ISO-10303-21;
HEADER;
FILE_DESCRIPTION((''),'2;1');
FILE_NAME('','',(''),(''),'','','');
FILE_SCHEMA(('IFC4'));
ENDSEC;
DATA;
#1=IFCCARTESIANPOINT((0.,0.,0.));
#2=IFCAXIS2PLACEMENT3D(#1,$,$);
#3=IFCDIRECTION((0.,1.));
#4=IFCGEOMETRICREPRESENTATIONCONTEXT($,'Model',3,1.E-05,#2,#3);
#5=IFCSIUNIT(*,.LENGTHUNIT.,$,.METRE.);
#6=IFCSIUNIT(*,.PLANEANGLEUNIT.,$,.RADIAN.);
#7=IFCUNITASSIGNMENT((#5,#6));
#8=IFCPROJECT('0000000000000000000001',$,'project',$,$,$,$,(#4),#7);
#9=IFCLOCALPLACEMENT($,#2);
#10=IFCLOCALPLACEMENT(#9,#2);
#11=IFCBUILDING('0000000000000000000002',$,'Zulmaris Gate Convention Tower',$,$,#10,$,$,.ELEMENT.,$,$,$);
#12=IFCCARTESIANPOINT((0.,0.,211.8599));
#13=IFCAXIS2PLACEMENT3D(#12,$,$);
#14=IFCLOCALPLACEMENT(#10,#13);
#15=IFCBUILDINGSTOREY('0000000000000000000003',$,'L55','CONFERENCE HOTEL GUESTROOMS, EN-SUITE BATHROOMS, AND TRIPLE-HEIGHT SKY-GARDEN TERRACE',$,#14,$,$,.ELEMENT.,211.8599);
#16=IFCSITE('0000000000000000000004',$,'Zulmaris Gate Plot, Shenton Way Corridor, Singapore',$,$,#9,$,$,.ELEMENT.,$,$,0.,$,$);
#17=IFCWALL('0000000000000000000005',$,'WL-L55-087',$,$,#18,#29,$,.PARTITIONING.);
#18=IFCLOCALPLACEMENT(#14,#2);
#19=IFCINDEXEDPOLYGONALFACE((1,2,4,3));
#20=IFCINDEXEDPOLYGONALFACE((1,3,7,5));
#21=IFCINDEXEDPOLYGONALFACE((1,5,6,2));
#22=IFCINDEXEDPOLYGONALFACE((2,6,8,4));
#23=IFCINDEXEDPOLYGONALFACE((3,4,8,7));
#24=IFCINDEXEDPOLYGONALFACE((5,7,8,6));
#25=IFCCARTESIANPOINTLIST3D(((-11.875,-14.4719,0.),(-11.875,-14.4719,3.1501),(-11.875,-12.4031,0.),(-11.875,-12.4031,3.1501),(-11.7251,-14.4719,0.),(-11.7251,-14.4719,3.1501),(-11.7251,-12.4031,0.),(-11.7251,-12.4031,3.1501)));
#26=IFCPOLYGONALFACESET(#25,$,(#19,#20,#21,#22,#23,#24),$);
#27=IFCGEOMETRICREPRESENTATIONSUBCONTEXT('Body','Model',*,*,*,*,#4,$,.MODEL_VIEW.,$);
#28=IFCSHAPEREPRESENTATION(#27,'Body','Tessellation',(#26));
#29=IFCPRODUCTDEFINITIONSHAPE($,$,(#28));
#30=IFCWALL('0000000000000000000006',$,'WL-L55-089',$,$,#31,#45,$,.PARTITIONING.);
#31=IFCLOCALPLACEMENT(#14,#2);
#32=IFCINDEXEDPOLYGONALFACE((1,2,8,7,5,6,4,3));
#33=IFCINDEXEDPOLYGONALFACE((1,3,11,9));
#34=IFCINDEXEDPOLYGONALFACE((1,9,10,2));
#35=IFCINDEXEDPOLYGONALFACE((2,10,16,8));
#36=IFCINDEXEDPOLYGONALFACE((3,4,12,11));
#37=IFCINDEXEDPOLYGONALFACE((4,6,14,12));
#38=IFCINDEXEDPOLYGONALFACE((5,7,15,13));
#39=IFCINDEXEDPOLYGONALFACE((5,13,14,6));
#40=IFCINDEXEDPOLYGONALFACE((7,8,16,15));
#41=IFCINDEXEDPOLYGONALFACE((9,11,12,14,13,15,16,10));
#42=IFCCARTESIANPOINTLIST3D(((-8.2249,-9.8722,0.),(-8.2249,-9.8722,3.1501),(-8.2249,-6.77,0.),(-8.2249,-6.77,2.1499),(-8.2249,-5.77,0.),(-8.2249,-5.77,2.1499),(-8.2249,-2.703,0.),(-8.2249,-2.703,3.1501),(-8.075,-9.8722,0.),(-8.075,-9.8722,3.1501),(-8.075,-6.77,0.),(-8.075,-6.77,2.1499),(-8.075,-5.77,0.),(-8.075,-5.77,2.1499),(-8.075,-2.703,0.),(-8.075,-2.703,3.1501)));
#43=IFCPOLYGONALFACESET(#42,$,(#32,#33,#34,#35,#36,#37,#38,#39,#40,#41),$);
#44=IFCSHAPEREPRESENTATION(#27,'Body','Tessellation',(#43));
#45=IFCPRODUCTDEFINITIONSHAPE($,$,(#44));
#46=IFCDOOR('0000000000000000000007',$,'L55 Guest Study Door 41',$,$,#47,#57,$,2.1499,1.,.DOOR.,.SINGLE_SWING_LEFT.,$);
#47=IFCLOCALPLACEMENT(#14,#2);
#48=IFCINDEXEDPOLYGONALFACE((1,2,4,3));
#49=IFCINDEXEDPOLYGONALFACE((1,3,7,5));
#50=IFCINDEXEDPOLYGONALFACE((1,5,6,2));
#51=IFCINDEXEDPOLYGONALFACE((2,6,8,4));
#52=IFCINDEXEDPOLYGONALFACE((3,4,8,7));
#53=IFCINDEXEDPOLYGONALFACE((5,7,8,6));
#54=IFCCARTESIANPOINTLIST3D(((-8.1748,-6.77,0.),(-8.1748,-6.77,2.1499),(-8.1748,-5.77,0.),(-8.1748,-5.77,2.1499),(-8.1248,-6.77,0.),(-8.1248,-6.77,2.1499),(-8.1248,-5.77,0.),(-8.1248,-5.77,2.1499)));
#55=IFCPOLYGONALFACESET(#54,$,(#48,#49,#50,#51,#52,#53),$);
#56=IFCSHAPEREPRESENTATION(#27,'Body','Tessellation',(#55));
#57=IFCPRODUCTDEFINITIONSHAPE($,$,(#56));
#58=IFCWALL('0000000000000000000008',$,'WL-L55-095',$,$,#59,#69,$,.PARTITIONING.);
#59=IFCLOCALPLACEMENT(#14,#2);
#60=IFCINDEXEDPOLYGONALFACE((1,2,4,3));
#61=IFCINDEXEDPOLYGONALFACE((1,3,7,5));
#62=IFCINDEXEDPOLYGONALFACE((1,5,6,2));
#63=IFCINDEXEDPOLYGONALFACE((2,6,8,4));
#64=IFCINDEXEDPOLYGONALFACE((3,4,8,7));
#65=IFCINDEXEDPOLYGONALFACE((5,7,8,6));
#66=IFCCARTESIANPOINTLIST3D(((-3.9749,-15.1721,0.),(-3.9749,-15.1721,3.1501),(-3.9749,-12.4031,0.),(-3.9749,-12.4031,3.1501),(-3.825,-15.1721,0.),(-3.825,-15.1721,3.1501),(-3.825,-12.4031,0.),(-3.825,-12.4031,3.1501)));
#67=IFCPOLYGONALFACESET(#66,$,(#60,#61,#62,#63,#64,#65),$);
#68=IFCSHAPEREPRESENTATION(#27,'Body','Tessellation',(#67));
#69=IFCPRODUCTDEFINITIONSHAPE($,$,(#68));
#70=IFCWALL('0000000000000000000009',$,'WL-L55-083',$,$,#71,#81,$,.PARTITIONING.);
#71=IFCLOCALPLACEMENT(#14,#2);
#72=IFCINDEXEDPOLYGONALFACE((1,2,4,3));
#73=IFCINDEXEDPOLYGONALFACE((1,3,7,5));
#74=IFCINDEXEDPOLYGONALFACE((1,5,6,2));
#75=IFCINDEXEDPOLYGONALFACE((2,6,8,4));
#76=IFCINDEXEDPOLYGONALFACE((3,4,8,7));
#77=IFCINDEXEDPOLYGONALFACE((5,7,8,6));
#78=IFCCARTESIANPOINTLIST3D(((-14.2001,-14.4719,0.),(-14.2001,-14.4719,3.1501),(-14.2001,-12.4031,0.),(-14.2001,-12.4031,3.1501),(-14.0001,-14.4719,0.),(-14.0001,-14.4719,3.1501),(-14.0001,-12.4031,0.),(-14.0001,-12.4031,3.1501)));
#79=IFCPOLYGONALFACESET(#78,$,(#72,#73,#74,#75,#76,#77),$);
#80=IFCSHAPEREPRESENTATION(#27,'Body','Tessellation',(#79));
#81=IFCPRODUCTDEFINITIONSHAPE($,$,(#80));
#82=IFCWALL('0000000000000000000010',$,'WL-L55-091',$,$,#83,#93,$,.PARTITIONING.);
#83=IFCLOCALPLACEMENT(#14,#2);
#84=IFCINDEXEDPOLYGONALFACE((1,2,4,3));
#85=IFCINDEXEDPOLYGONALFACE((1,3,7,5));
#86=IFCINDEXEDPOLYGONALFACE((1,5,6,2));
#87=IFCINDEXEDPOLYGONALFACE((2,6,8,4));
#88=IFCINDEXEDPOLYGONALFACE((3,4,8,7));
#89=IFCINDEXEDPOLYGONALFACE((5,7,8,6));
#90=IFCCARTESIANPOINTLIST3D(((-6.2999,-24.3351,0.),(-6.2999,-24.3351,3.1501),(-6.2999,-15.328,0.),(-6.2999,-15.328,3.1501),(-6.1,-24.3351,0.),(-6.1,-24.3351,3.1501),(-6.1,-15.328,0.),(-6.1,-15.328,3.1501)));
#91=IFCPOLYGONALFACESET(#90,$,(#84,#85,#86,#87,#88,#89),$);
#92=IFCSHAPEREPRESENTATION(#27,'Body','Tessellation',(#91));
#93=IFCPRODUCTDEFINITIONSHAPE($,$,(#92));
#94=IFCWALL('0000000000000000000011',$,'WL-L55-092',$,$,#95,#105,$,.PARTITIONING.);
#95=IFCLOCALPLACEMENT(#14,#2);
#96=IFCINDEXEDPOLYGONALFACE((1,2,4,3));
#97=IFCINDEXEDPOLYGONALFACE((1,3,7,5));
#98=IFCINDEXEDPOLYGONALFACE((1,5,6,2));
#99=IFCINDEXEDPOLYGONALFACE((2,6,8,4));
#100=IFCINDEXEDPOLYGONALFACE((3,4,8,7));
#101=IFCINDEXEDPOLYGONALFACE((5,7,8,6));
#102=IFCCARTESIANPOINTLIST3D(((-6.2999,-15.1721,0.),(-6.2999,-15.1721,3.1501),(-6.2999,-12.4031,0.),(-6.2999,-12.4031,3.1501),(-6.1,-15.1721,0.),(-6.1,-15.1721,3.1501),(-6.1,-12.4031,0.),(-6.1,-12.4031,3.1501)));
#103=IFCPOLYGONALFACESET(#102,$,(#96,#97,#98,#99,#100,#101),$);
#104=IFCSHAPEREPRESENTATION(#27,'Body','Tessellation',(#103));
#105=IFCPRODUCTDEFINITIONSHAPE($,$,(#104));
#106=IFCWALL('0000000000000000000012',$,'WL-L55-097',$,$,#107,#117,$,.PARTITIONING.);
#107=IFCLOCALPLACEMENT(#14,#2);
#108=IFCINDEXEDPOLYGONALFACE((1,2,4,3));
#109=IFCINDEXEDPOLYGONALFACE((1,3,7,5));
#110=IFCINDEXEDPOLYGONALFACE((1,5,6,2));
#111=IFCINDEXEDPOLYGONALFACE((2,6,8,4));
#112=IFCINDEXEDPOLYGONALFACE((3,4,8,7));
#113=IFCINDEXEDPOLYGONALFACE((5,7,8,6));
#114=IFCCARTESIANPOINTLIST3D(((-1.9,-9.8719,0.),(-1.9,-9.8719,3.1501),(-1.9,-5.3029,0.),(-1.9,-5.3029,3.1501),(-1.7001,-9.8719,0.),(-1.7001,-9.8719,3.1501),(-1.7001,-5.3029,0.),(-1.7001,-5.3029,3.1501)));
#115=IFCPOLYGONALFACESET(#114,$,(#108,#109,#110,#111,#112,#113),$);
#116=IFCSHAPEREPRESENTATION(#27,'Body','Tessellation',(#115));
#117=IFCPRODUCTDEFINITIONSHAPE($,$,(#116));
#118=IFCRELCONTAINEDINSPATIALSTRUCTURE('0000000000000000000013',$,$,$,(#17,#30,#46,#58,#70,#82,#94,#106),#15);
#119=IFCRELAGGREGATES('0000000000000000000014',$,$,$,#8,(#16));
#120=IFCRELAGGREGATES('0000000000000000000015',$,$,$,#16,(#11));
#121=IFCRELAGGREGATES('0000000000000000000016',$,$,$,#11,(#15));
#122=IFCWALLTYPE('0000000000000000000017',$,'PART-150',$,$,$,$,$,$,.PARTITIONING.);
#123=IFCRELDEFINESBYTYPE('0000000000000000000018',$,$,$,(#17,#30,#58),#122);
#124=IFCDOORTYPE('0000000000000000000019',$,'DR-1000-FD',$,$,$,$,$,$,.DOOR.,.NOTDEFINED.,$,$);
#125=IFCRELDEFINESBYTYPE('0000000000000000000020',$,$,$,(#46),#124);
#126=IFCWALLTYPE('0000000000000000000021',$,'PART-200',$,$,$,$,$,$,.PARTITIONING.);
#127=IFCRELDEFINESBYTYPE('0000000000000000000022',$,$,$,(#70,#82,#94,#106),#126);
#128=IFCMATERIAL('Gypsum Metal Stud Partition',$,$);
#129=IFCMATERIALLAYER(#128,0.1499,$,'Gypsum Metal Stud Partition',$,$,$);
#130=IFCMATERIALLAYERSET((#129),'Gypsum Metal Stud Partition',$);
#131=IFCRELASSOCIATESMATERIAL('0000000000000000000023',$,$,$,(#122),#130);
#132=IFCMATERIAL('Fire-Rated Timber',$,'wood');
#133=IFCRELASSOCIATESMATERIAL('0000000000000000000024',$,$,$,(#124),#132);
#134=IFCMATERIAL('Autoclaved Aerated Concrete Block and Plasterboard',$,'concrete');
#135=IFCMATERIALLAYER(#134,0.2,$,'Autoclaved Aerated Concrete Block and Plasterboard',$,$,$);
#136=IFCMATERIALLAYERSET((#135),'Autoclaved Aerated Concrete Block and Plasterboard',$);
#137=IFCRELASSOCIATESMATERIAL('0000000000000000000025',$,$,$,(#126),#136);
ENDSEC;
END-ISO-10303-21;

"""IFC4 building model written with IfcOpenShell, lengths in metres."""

from ifc_helpers import new_model, si_unit, direction, frame, frame_2d, origin, place, context, subcontext, project, spatial, rectangle, extrude, material, layer, layer_set, type_object, element, fill, save


model = new_model("IFC4")

# Units and contexts
model_context = context("Model", 3, precision=1e-05, world=origin(), true_north=direction((0.0, 1.0)))
body_context = subcontext(model_context, "Body", "Model", "MODEL_VIEW")
ifc_project = project(units=[si_unit("LENGTHUNIT", "METRE"), si_unit("PLANEANGLEUNIT", "RADIAN")], contexts=[model_context])

# Site, building, storey
site_placement = place(None, origin())
site = spatial("IfcSite", under=ifc_project, at=site_placement, Name="Zulmaris Gate Plot, Shenton Way Corridor, Singapore", CompositionType="ELEMENT", RefElevation=0.0)
building_placement = place(site_placement, origin())
building = spatial("IfcBuilding", under=site, at=building_placement, Name="Zulmaris Gate Convention Tower", CompositionType="ELEMENT")
storey_placement = place(building_placement, frame((0.0, 0.0, 211.8599)))
storey = spatial("IfcBuildingStorey", under=building, at=storey_placement, Name="L55", Description="CONFERENCE HOTEL GUESTROOMS, EN-SUITE BATHROOMS, AND TRIPLE-HEIGHT SKY-GARDEN TERRACE", CompositionType="ELEMENT", Elevation=211.8599)

# Shared definitions
ifc_material_1 = material(Name="Gypsum Metal Stud Partition")
ifc_layer_1 = layer(ifc_material_1, 0.1499, Name="Gypsum Metal Stud Partition")
ifc_layer_set_1 = layer_set([ifc_layer_1], Name="Gypsum Metal Stud Partition")
wall_type_1 = type_object("IfcWallType", Name="PART-150", PredefinedType="PARTITIONING", material=ifc_layer_set_1)

# Shared definitions
ifc_material_2 = material(Name="Fire-Rated Timber", Category="wood")

# Wall
wall_1_placement = place(storey_placement, frame((-11.8, -14.4719, 0.0), z_axis=(0.0, 0.0, 1.0), x_axis=(0.0, 1.0, 0.0)))
element("IfcWall", 1, at=wall_1_placement, inside=storey, type_object=wall_type_1, Name="WL-L55-087", PredefinedType="PARTITIONING", context=body_context, shape_type="SweptSolid", body=[
    extrude(rectangle(XDim=2.0688, YDim=0.1499, at=frame_2d((1.0344, 0.0))), origin(), (0.0, 0.0, 1.0), 3.1501),
])

# Wall, opening, door
wall_2_placement = place(storey_placement, frame((-8.1499, -9.8721, 0.0), z_axis=(0.0, 0.0, 1.0), x_axis=(0.0, 1.0, 0.0)))
wall_2 = element("IfcWall", 2, at=wall_2_placement, inside=storey, type_object=wall_type_1, Name="WL-L55-089", PredefinedType="PARTITIONING", context=body_context, shape_type="SweptSolid", body=[
    extrude(rectangle(XDim=7.1692, YDim=0.1499, at=frame_2d((3.5845, 0.0))), origin(), (0.0, 0.0, 1.0), 3.1501),
])
opening_1_placement = place(wall_2_placement, frame((3.1021, 0.0, 0.0)))
opening_1 = element("IfcOpeningElement", 3, at=opening_1_placement, cuts=wall_2, PredefinedType="OPENING", context=body_context, shape_type="SweptSolid", body=[
    extrude(rectangle(XDim=1.0, YDim=2.1499, at=frame_2d((0.5, 1.075))), frame((0.0, 0.085, 0.0), z_axis=(0.0, -1.0, 0.0), x_axis=(1.0, 0.0, 0.0)), (0.0, 0.0, 1.0), 0.1699),
])
door_type_1 = type_object("IfcDoorType", Name="DR-1000-FD", OperationType="NOTDEFINED", PredefinedType="DOOR", material=ifc_material_2)
door_1_placement = place(opening_1_placement, origin())
door_1 = element("IfcDoor", 4, at=door_1_placement, inside=storey, type_object=door_type_1, Name="L55 Guest Study Door 41", OperationType="SINGLE_SWING_LEFT", OverallHeight=2.1499, OverallWidth=1.0, PredefinedType="DOOR", context=body_context, shape_type="SweptSolid", body=[
    extrude(rectangle(XDim=1.0, YDim=2.1499, at=frame_2d((0.5, 1.075))), frame((0.0, 0.0249, 0.0), z_axis=(0.0, -1.0, 0.0), x_axis=(1.0, 0.0, 0.0)), (0.0, 0.0, 1.0), 0.05),
])
fill(opening_1, door_1)

# Walls
wall_3_placement = place(storey_placement, frame((-3.8999, -15.1721, 0.0), z_axis=(0.0, 0.0, 1.0), x_axis=(0.0, 1.0, 0.0)))
element("IfcWall", 5, at=wall_3_placement, inside=storey, type_object=wall_type_1, Name="WL-L55-095", PredefinedType="PARTITIONING", context=body_context, shape_type="SweptSolid", body=[
    extrude(rectangle(XDim=2.769, YDim=0.1499, at=frame_2d((1.3845, 0.0))), origin(), (0.0, 0.0, 1.0), 3.1501),
])
ifc_material_3 = material(Name="Autoclaved Aerated Concrete Block and Plasterboard", Category="concrete")
ifc_layer_2 = layer(ifc_material_3, 0.2, Name="Autoclaved Aerated Concrete Block and Plasterboard")
ifc_layer_set_2 = layer_set([ifc_layer_2], Name="Autoclaved Aerated Concrete Block and Plasterboard")
wall_type_2 = type_object("IfcWallType", Name="PART-200", PredefinedType="PARTITIONING", material=ifc_layer_set_2)
wall_4_placement = place(storey_placement, frame((-14.1001, -14.4719, 0.0), z_axis=(0.0, 0.0, 1.0), x_axis=(0.0, 1.0, 0.0)))
element("IfcWall", 6, at=wall_4_placement, inside=storey, type_object=wall_type_2, Name="WL-L55-083", PredefinedType="PARTITIONING", context=body_context, shape_type="SweptSolid", body=[
    extrude(rectangle(XDim=2.0688, YDim=0.2, at=frame_2d((1.0344, 0.0))), origin(), (0.0, 0.0, 1.0), 3.1501),
])
wall_5_placement = place(storey_placement, frame((-6.2, -24.335, 0.0), z_axis=(0.0, 0.0, 1.0), x_axis=(0.0, 1.0, 0.0)))
element("IfcWall", 7, at=wall_5_placement, inside=storey, type_object=wall_type_2, Name="WL-L55-091", PredefinedType="PARTITIONING", context=body_context, shape_type="SweptSolid", body=[
    extrude(rectangle(XDim=9.0071, YDim=0.2, at=frame_2d((4.5034, 0.0))), origin(), (0.0, 0.0, 1.0), 3.1501),
])
wall_6_placement = place(storey_placement, frame((-6.2, -15.1721, 0.0), z_axis=(0.0, 0.0, 1.0), x_axis=(0.0, 1.0, 0.0)))
element("IfcWall", 8, at=wall_6_placement, inside=storey, type_object=wall_type_2, Name="WL-L55-092", PredefinedType="PARTITIONING", context=body_context, shape_type="SweptSolid", body=[
    extrude(rectangle(XDim=2.769, YDim=0.2, at=frame_2d((1.3845, 0.0))), origin(), (0.0, 0.0, 1.0), 3.1501),
])
wall_7_placement = place(storey_placement, frame((-1.8, -9.8721, 0.0), z_axis=(0.0, 0.0, 1.0), x_axis=(0.0, 1.0, 0.0)))
element("IfcWall", 9, at=wall_7_placement, inside=storey, type_object=wall_type_2, Name="WL-L55-097", PredefinedType="PARTITIONING", context=body_context, shape_type="SweptSolid", body=[
    extrude(rectangle(XDim=4.5691, YDim=0.2, at=frame_2d((2.2847, 0.0))), origin(), (0.0, 0.0, 1.0), 3.1501),
])

save(model, "model.ifc")
